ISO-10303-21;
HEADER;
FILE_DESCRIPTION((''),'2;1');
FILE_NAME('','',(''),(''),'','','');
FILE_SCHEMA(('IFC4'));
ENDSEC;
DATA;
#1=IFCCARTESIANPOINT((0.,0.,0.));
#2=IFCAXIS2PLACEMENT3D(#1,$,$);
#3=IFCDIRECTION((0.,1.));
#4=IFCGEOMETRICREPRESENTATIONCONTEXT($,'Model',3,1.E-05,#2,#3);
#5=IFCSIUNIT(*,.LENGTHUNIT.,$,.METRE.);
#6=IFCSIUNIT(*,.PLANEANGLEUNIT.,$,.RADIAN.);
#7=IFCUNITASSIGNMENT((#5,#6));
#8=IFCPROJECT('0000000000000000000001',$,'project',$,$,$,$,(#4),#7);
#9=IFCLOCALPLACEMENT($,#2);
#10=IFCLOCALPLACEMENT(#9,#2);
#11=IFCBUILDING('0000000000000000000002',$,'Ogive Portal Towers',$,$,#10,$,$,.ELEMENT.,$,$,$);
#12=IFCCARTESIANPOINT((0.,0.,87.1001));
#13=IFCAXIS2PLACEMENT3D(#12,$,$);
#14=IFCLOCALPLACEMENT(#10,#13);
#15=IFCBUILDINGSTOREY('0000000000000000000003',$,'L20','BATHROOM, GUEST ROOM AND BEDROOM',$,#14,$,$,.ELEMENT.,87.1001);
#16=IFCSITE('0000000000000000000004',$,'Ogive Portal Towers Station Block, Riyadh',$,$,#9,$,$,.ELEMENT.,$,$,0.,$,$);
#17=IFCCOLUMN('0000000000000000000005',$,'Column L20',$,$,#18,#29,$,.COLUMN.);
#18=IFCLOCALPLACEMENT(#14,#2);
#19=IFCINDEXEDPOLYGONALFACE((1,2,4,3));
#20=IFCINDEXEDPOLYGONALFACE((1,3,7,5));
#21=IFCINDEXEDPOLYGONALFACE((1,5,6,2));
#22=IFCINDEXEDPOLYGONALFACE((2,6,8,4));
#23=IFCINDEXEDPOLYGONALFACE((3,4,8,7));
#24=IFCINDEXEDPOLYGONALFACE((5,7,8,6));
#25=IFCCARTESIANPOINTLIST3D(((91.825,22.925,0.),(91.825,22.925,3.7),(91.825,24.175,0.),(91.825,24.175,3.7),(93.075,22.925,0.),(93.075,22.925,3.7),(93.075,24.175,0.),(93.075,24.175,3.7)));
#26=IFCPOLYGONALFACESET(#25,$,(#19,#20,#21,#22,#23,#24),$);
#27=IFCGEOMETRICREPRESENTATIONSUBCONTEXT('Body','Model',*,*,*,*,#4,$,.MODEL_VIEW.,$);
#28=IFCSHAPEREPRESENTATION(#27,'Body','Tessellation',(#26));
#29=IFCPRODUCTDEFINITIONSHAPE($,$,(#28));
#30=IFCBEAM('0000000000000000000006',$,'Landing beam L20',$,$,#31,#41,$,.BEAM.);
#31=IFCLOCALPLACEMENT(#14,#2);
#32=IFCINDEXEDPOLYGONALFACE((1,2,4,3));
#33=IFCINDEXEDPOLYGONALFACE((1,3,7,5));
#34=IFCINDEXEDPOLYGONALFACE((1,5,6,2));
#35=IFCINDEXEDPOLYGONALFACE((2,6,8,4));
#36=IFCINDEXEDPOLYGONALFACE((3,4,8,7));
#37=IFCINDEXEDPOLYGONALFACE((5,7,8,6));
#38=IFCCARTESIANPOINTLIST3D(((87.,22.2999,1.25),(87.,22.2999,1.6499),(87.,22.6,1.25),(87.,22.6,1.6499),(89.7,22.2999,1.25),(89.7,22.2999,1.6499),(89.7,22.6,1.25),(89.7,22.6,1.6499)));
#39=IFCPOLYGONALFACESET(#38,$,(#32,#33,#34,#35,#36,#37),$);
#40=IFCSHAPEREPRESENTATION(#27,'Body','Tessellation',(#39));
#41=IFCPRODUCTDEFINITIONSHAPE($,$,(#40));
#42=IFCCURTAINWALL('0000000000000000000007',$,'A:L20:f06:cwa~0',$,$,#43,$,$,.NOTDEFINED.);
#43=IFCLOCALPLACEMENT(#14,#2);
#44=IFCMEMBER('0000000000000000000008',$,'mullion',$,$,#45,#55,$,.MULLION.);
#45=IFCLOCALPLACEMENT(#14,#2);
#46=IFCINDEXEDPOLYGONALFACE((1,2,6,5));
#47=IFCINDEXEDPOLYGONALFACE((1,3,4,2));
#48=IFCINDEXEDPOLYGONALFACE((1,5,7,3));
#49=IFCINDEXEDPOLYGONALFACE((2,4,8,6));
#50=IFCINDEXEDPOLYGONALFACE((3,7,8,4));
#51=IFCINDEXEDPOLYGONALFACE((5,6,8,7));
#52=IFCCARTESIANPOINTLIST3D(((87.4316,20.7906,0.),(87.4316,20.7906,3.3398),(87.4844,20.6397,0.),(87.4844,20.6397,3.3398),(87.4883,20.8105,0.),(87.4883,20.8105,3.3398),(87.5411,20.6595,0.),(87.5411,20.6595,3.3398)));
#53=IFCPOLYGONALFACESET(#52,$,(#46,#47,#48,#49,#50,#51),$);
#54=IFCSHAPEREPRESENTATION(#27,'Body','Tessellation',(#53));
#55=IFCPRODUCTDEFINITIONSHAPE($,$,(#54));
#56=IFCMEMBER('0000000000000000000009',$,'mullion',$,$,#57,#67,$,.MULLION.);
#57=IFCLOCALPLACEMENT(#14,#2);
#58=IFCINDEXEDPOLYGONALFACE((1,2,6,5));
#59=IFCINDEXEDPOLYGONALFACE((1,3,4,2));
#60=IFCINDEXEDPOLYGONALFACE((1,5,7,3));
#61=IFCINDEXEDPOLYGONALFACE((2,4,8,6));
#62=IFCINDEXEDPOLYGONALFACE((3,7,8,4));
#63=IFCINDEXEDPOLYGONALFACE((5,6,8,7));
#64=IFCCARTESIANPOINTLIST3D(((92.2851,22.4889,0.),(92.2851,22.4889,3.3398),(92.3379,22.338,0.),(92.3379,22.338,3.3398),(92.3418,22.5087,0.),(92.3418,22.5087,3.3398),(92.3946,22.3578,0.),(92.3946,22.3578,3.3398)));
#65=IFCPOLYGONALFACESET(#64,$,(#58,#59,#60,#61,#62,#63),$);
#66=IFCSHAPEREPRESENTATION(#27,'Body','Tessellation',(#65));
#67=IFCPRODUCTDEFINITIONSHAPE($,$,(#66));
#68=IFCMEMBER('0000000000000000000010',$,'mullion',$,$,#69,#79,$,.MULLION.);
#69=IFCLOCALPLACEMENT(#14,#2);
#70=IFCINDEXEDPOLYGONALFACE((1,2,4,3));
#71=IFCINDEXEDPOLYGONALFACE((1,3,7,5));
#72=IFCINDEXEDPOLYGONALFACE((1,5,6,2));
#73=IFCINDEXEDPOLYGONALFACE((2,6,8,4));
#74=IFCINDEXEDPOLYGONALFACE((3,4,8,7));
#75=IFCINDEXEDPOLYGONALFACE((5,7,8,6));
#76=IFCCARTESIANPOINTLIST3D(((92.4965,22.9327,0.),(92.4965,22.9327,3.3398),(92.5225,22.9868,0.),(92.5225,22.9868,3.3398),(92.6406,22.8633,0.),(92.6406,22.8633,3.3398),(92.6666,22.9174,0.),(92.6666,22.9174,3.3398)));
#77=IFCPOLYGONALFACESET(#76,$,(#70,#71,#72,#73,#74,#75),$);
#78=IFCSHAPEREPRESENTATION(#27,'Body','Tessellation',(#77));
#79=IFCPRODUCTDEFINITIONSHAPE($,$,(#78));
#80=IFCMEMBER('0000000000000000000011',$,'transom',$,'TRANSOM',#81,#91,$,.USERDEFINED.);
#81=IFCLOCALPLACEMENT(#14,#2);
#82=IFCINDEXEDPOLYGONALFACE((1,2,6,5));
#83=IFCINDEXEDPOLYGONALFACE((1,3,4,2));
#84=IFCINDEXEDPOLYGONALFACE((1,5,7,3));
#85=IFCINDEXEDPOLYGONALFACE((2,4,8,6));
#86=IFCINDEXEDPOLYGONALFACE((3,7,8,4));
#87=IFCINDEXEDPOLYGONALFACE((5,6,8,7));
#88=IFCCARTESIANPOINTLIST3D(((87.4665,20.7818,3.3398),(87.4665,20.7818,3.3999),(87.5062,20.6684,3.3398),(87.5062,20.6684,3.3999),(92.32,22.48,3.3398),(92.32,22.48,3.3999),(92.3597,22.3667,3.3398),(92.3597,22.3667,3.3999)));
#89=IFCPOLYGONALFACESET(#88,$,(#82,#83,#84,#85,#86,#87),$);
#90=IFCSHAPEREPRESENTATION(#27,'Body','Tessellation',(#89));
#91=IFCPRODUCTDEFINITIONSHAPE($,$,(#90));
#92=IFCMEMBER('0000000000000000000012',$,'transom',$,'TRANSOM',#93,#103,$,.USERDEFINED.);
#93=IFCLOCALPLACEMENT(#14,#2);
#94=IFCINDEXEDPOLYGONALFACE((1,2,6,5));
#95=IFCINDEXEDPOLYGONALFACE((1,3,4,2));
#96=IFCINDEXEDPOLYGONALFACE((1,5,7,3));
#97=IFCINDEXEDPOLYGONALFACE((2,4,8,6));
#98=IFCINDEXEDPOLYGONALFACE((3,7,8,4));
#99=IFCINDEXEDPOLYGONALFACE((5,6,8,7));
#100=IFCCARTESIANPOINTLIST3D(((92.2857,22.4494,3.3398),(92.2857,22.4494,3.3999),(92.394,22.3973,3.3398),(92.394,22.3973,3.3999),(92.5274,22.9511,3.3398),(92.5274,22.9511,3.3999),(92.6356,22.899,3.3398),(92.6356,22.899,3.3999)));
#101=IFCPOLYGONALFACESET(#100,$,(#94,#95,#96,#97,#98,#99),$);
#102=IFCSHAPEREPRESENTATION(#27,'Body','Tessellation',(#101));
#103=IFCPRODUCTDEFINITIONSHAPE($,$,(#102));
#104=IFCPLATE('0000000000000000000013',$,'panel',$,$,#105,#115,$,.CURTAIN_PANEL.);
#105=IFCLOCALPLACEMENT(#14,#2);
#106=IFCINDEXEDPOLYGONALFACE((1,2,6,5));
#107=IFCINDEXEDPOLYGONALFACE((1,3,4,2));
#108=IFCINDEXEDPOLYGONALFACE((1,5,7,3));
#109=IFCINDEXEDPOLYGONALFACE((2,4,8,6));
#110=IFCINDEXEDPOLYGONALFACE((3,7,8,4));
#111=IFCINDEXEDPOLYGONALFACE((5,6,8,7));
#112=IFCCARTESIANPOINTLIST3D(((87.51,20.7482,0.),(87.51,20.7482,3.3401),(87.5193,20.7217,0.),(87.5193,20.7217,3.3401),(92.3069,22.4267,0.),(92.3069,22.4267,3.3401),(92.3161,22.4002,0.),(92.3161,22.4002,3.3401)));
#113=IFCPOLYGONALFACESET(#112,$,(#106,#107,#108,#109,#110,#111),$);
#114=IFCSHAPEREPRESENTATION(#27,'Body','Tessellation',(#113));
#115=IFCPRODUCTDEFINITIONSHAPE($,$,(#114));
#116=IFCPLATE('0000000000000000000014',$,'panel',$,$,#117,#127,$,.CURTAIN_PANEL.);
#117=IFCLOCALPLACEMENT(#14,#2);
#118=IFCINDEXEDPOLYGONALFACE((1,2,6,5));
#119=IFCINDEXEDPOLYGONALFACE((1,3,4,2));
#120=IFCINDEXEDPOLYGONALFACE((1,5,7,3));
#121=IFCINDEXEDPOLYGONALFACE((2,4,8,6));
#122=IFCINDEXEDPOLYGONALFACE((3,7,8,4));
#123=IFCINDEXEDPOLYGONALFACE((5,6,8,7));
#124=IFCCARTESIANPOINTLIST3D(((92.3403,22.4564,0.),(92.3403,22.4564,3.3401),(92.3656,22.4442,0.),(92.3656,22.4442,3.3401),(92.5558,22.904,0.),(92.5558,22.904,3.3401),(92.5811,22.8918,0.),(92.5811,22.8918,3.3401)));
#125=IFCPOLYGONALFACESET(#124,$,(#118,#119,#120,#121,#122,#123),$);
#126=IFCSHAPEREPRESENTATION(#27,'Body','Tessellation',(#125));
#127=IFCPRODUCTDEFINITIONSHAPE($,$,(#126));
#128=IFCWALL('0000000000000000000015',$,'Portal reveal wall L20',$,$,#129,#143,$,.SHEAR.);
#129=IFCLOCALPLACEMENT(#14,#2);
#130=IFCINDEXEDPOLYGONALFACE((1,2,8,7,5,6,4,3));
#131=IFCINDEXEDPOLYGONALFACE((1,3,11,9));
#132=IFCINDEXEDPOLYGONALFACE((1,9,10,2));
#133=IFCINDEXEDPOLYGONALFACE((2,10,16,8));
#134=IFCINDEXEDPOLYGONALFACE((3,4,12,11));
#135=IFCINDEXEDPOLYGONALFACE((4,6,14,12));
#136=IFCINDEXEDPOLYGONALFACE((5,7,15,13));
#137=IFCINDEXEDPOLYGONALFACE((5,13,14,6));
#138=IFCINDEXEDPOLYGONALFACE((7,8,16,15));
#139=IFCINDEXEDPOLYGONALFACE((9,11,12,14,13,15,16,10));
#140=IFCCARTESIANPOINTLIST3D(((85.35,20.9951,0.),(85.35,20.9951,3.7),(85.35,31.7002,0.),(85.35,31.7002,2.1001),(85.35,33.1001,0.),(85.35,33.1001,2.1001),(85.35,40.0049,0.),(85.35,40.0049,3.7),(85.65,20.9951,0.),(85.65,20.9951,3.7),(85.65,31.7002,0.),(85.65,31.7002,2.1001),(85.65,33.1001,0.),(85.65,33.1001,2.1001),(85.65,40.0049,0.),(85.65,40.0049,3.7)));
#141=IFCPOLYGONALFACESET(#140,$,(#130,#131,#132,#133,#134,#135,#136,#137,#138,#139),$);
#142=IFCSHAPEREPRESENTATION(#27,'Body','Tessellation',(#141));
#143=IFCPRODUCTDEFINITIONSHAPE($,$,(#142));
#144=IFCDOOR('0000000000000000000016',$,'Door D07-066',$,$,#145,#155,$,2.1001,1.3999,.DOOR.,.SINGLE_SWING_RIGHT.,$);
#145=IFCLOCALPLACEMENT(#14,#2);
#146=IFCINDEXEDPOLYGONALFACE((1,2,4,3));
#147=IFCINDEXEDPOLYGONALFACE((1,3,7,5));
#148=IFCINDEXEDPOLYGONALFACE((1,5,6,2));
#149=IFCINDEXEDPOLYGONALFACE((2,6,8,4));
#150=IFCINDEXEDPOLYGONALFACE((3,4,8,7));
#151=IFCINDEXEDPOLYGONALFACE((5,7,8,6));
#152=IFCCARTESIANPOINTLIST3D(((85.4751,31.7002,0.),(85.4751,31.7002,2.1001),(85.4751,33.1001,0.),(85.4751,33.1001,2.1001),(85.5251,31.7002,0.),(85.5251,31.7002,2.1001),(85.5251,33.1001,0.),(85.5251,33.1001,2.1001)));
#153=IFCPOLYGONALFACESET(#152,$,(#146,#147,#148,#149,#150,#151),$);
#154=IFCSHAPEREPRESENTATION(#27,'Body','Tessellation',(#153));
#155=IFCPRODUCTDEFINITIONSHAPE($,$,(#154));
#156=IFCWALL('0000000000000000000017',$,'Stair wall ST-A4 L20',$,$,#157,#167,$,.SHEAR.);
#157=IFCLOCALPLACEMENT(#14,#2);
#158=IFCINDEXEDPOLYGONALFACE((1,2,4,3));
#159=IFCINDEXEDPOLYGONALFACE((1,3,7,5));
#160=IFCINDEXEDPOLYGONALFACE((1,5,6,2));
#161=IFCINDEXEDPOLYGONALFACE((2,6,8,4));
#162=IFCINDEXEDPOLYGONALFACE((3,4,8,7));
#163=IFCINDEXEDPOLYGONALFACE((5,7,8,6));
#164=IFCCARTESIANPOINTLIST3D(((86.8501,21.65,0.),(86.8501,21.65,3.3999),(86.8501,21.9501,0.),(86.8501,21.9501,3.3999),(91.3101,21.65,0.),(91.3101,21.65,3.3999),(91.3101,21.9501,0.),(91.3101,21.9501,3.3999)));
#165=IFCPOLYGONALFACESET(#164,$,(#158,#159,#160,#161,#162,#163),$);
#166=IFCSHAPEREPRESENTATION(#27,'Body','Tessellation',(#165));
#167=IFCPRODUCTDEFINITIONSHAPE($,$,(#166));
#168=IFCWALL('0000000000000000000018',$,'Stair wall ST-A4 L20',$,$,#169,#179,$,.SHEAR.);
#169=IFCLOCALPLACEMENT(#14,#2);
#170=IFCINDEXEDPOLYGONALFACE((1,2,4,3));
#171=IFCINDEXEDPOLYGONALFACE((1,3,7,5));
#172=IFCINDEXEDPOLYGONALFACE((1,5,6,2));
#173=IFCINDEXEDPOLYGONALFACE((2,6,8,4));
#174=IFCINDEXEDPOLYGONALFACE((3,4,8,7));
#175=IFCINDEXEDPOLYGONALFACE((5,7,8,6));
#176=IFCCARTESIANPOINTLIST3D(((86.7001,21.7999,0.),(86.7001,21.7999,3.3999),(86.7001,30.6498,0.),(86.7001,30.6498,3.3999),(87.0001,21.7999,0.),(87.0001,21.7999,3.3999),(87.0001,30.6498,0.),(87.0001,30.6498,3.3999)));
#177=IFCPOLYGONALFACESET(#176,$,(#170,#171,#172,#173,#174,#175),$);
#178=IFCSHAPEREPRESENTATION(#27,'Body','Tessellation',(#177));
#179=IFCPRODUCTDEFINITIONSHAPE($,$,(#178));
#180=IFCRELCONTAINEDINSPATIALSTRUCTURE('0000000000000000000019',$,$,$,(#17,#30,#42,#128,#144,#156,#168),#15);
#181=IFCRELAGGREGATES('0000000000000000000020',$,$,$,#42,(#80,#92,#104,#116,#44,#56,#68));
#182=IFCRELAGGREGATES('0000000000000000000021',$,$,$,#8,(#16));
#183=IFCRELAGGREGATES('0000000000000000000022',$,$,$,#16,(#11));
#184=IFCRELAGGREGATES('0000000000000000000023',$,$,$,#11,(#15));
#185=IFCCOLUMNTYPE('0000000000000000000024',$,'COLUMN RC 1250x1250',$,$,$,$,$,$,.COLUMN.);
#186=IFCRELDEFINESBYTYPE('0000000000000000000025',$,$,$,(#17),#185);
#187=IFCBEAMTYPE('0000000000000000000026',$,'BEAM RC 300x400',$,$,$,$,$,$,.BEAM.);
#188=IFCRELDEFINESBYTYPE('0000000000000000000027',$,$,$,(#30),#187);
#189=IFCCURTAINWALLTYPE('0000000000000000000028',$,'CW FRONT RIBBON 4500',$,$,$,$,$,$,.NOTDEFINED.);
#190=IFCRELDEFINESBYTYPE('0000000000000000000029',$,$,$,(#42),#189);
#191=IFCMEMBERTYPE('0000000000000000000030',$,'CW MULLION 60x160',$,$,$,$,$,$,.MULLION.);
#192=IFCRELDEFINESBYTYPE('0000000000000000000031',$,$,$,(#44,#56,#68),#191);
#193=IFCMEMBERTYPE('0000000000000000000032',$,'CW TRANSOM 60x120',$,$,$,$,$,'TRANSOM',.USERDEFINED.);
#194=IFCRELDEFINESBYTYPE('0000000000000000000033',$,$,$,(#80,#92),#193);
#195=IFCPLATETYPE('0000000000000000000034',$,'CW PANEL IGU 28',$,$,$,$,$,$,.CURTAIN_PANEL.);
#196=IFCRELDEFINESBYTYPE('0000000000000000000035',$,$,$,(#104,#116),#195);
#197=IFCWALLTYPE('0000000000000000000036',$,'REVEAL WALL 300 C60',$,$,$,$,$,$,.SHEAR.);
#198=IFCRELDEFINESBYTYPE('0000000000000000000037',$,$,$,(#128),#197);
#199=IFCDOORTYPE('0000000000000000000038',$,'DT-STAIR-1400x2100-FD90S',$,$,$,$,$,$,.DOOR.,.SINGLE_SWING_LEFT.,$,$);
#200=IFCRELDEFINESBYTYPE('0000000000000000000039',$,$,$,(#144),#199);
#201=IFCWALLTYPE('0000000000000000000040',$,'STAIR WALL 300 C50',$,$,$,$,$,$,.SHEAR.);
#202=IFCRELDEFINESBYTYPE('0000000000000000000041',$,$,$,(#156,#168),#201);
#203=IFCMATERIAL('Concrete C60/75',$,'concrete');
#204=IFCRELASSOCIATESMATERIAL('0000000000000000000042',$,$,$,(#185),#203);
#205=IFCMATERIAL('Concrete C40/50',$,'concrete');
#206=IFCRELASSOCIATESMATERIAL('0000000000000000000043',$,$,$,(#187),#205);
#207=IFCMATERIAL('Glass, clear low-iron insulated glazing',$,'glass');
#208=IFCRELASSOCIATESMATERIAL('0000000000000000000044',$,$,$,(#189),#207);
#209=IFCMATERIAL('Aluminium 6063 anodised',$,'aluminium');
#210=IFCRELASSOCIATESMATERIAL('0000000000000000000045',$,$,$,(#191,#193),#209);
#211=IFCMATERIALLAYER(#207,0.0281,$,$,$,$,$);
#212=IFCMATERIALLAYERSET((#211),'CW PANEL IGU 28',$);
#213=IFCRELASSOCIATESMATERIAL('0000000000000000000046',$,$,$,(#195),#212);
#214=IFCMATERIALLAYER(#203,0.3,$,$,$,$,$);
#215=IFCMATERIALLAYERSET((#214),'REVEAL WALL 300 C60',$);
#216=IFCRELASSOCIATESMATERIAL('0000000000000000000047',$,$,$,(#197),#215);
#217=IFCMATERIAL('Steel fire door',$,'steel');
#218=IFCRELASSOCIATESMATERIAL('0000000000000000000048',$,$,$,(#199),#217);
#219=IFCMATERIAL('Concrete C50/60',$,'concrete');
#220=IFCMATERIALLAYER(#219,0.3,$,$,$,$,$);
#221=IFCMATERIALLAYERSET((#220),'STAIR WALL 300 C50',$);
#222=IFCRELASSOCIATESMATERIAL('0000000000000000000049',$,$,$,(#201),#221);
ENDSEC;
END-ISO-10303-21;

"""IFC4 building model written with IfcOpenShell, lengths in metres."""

from ifc_helpers import new_model, si_unit, direction, frame, frame_2d, origin, origin_2d, place, context, subcontext, project, spatial, rectangle, extrude, material, layer, layer_set, material_profile, profile_set, type_object, element, fill, aggregate, save


model = new_model("IFC4")

# Units and contexts
model_context = context("Model", 3, precision=1e-05, world=origin(), true_north=direction((0.0, 1.0)))
body_context = subcontext(model_context, "Body", "Model", "MODEL_VIEW")
ifc_project = project(units=[si_unit("LENGTHUNIT", "METRE"), si_unit("PLANEANGLEUNIT", "RADIAN")], contexts=[model_context])

# Site, building, storey
site_placement = place(None, origin())
site = spatial("IfcSite", under=ifc_project, at=site_placement, Name="Ogive Portal Towers Station Block, Riyadh", CompositionType="ELEMENT", RefElevation=0.0)
building_placement = place(site_placement, origin())
building = spatial("IfcBuilding", under=site, at=building_placement, Name="Ogive Portal Towers", CompositionType="ELEMENT")
storey_placement = place(building_placement, frame((0.0, 0.0, 87.1001)))
storey = spatial("IfcBuildingStorey", under=building, at=storey_placement, Name="L20", Description="BATHROOM, GUEST ROOM AND BEDROOM", CompositionType="ELEMENT", Elevation=87.1001)

# Column
ifc_material_1 = material(Name="Concrete C60/75", Category="concrete")
ifc_material_profile_1 = material_profile(ifc_material_1, rectangle(XDim=1.25, YDim=1.25, at=origin_2d()), Name="RC 1250x1250")
ifc_profile_set_1 = profile_set([ifc_material_profile_1], Name="Concrete C60/75")
column_type = type_object("IfcColumnType", Name="COLUMN RC 1250x1250", PredefinedType="COLUMN", material=ifc_profile_set_1)
column_placement = place(storey_placement, frame((92.45, 23.55, 0.0), z_axis=(0.0, 0.0, 1.0), x_axis=(1.0, 0.0, 0.0)))
element("IfcColumn", 1, at=column_placement, inside=storey, type_object=column_type, Name="Column L20", PredefinedType="COLUMN", context=body_context, shape_type="SweptSolid", body=[
    extrude(rectangle(XDim=1.25, YDim=1.25, at=origin_2d()), origin(), (0.0, 0.0, 1.0), 3.7),
])

# Beam
ifc_material_2 = material(Name="Concrete C40/50", Category="concrete")
ifc_material_profile_2 = material_profile(ifc_material_2, rectangle(XDim=0.3, YDim=0.3999, at=origin_2d()), Name="RC 300x400")
ifc_profile_set_2 = profile_set([ifc_material_profile_2], Name="Concrete C40/50")
beam_type = type_object("IfcBeamType", Name="BEAM RC 300x400", PredefinedType="BEAM", material=ifc_profile_set_2)
beam_placement = place(storey_placement, frame((87.0, 22.45, 1.45), z_axis=(1.0, 0.0, 0.0), x_axis=(0.0, 1.0, 0.0)))
element("IfcBeam", 2, at=beam_placement, inside=storey, type_object=beam_type, Name="Landing beam L20", PredefinedType="BEAM", context=body_context, shape_type="SweptSolid", body=[
    extrude(rectangle(XDim=0.3, YDim=0.3999, at=origin_2d()), origin(), (0.0, 0.0, 1.0), 2.7),
])

# Curtain wall, members, plates
ifc_material_3 = material(Name="Glass, clear low-iron insulated glazing", Category="glass")
curtain_wall_type = type_object("IfcCurtainWallType", Name="CW FRONT RIBBON 4500", PredefinedType="NOTDEFINED", material=ifc_material_3)
curtain_wall_placement = place(storey_placement, origin())
curtain_wall = element("IfcCurtainWall", 3, at=curtain_wall_placement, inside=storey, type_object=curtain_wall_type, Name="A:L20:f06:cwa~0", PredefinedType="NOTDEFINED")
ifc_material_4 = material(Name="Aluminium 6063 anodised", Category="aluminium")
ifc_material_profile_3 = material_profile(ifc_material_4, rectangle(XDim=0.1599, YDim=0.0601, at=origin_2d()), Name="AL 60x160")
ifc_profile_set_3 = profile_set([ifc_material_profile_3], Name="Aluminium 6063 anodised")
member_type_1 = type_object("IfcMemberType", Name="CW MULLION 60x160", PredefinedType="MULLION", material=ifc_profile_set_3)
member_1_placement = place(storey_placement, frame((87.4863, 20.7251, 0.0), z_axis=(0.0, 0.0, 1.0), x_axis=(-0.330279, 0.943883, 0.0)))
member_1 = element("IfcMember", 4, at=member_1_placement, type_object=member_type_1, Name="mullion", PredefinedType="MULLION", context=body_context, shape_type="SweptSolid", body=[
    extrude(rectangle(XDim=0.1599, YDim=0.0601, at=origin_2d()), origin(), (0.0, 0.0, 1.0), 3.3398),
])
member_2_placement = place(storey_placement, frame((92.3398, 22.4233, 0.0), z_axis=(0.0, 0.0, 1.0), x_axis=(-0.330279, 0.943883, 0.0)))
member_2 = element("IfcMember", 5, at=member_2_placement, type_object=member_type_1, Name="mullion", PredefinedType="MULLION", context=body_context, shape_type="SweptSolid", body=[
    extrude(rectangle(XDim=0.1599, YDim=0.0601, at=origin_2d()), origin(), (0.0, 0.0, 1.0), 3.3398),
])
member_3_placement = place(storey_placement, frame((92.5815, 22.925, 0.0), z_axis=(0.0, 0.0, 1.0), x_axis=(-0.900969, 0.433884, 0.0)))
member_3 = element("IfcMember", 6, at=member_3_placement, type_object=member_type_1, Name="mullion", PredefinedType="MULLION", context=body_context, shape_type="SweptSolid", body=[
    extrude(rectangle(XDim=0.1599, YDim=0.0601, at=origin_2d()), origin(), (0.0, 0.0, 1.0), 3.3398),
])
ifc_material_profile_4 = material_profile(ifc_material_4, rectangle(XDim=0.1201, YDim=0.0601, at=origin_2d()), Name="AL 120x60")
ifc_profile_set_4 = profile_set([ifc_material_profile_4], Name="Aluminium 6063 anodised")
member_type_2 = type_object("IfcMemberType", Name="CW TRANSOM 60x120", ElementType="TRANSOM", PredefinedType="USERDEFINED", material=ifc_profile_set_4)
member_4_placement = place(storey_placement, frame((87.4863, 20.7251, 3.3699), z_axis=(0.943888, 0.330266, 0.0), x_axis=(-0.330266, 0.943888, 0.0)))
member_4 = element("IfcMember", 7, at=member_4_placement, type_object=member_type_2, Name="transom", ObjectType="TRANSOM", PredefinedType="USERDEFINED", context=body_context, shape_type="SweptSolid", body=[
    extrude(rectangle(XDim=0.1201, YDim=0.0601, at=origin_2d()), origin(), (0.0, 0.0, 1.0), 5.1421),
])
member_5_placement = place(storey_placement, frame((92.3398, 22.4233, 3.3699), z_axis=(0.434013, 0.900906, 0.0), x_axis=(-0.900906, 0.434013, 0.0)))
member_5 = element("IfcMember", 8, at=member_5_placement, type_object=member_type_2, Name="transom", ObjectType="TRANSOM", PredefinedType="USERDEFINED", context=body_context, shape_type="SweptSolid", body=[
    extrude(rectangle(XDim=0.1201, YDim=0.0601, at=origin_2d()), origin(), (0.0, 0.0, 1.0), 0.5569),
])
ifc_layer_1 = layer(ifc_material_3, 0.0281)
ifc_layer_set_1 = layer_set([ifc_layer_1], Name="CW PANEL IGU 28")
plate_type = type_object("IfcPlateType", Name="CW PANEL IGU 28", PredefinedType="CURTAIN_PANEL", material=ifc_layer_set_1)
plate_1_placement = place(storey_placement, frame((89.9131, 21.5742, 0.0), z_axis=(0.0, 0.0, 1.0), x_axis=(0.943883, 0.330279, 0.0)))
plate_1 = element("IfcPlate", 9, at=plate_1_placement, type_object=plate_type, Name="panel", PredefinedType="CURTAIN_PANEL", context=body_context, shape_type="SweptSolid", body=[
    extrude(rectangle(XDim=5.082, YDim=0.0281, at=origin_2d()), origin(), (0.0, 0.0, 1.0), 3.3401),
])
plate_2_placement = place(storey_placement, frame((92.4607, 22.6741, 0.0), z_axis=(0.0, 0.0, 1.0), x_axis=(0.433884, 0.900969, 0.0)))
plate_2 = element("IfcPlate", 10, at=plate_2_placement, type_object=plate_type, Name="panel", PredefinedType="CURTAIN_PANEL", context=body_context, shape_type="SweptSolid", body=[
    extrude(rectangle(XDim=0.4968, YDim=0.0281, at=origin_2d()), origin(), (0.0, 0.0, 1.0), 3.3401),
])
aggregate(curtain_wall, [member_4, member_5, plate_1, plate_2, member_1, member_2, member_3])

# Wall, opening, door
ifc_layer_2 = layer(ifc_material_1, 0.3)
ifc_layer_set_2 = layer_set([ifc_layer_2], Name="REVEAL WALL 300 C60")
wall_type_1 = type_object("IfcWallType", Name="REVEAL WALL 300 C60", PredefinedType="SHEAR", material=ifc_layer_set_2)
wall_1_placement = place(storey_placement, frame((85.5, 20.9951, 0.0), z_axis=(0.0, 0.0, 1.0), x_axis=(0.0, 1.0, 0.0)))
wall_1 = element("IfcWall", 11, at=wall_1_placement, inside=storey, type_object=wall_type_1, Name="Portal reveal wall L20", PredefinedType="SHEAR", context=body_context, shape_type="SweptSolid", body=[
    extrude(rectangle(XDim=19.0098, YDim=0.3, at=frame_2d((9.5049, 0.0))), origin(), (0.0, 0.0, 1.0), 3.7),
])
opening_placement = place(wall_1_placement, frame((10.7051, 0.0, 0.0)))
opening = element("IfcOpeningElement", 12, at=opening_placement, cuts=wall_1, PredefinedType="OPENING", context=body_context, shape_type="SweptSolid", body=[
    extrude(rectangle(XDim=1.3999, YDim=2.1001, at=frame_2d((0.7, 1.05))), frame((0.0, 0.1602, 0.0), z_axis=(0.0, -1.0, 0.0), x_axis=(1.0, 0.0, 0.0)), (0.0, 0.0, 1.0), 0.3201),
])
ifc_material_5 = material(Name="Steel fire door", Category="steel")
door_type = type_object("IfcDoorType", Name="DT-STAIR-1400x2100-FD90S", OperationType="SINGLE_SWING_LEFT", PredefinedType="DOOR", material=ifc_material_5)
door_placement = place(opening_placement, origin())
door = element("IfcDoor", 13, at=door_placement, inside=storey, type_object=door_type, Name="Door D07-066", OperationType="SINGLE_SWING_RIGHT", OverallHeight=2.1001, OverallWidth=1.3999, PredefinedType="DOOR", context=body_context, shape_type="SweptSolid", body=[
    extrude(rectangle(XDim=1.3999, YDim=2.1001, at=frame_2d((0.7, 1.05))), frame((0.0, 0.0249, 0.0), z_axis=(0.0, -1.0, 0.0), x_axis=(1.0, 0.0, 0.0)), (0.0, 0.0, 1.0), 0.05),
])
fill(opening, door)

# Walls
ifc_material_6 = material(Name="Concrete C50/60", Category="concrete")
ifc_layer_3 = layer(ifc_material_6, 0.3)
ifc_layer_set_3 = layer_set([ifc_layer_3], Name="STAIR WALL 300 C50")
wall_type_2 = type_object("IfcWallType", Name="STAIR WALL 300 C50", PredefinedType="SHEAR", material=ifc_layer_set_3)
wall_2_placement = place(storey_placement, frame((86.8501, 21.8, 0.0), z_axis=(0.0, 0.0, 1.0), x_axis=(1.0, 0.0, 0.0)))
element("IfcWall", 14, at=wall_2_placement, inside=storey, type_object=wall_type_2, Name="Stair wall ST-A4 L20", PredefinedType="SHEAR", context=body_context, shape_type="SweptSolid", body=[
    extrude(rectangle(XDim=4.46, YDim=0.3, at=frame_2d((2.23, 0.0))), origin(), (0.0, 0.0, 1.0), 3.3999),
])
for number, where, z_axis, x_axis, name in (
    (15, (86.8501, 21.8, 0.0), (0.0, 0.0, 1.0), (0.0, 1.0, 0.0), "Stair wall ST-A4 L20"),
):
    element("IfcWall", number, at=place(storey_placement, frame(where, z_axis=z_axis, x_axis=x_axis)), inside=storey, type_object=wall_type_2, Name=name, PredefinedType="SHEAR", context=body_context, shape_type="SweptSolid", body=[
        extrude(rectangle(XDim=8.8499, YDim=0.3, at=frame_2d((4.4248, 0.0))), origin(), (0.0, 0.0, 1.0), 3.3999),
    ])

save(model, "model.ifc")
